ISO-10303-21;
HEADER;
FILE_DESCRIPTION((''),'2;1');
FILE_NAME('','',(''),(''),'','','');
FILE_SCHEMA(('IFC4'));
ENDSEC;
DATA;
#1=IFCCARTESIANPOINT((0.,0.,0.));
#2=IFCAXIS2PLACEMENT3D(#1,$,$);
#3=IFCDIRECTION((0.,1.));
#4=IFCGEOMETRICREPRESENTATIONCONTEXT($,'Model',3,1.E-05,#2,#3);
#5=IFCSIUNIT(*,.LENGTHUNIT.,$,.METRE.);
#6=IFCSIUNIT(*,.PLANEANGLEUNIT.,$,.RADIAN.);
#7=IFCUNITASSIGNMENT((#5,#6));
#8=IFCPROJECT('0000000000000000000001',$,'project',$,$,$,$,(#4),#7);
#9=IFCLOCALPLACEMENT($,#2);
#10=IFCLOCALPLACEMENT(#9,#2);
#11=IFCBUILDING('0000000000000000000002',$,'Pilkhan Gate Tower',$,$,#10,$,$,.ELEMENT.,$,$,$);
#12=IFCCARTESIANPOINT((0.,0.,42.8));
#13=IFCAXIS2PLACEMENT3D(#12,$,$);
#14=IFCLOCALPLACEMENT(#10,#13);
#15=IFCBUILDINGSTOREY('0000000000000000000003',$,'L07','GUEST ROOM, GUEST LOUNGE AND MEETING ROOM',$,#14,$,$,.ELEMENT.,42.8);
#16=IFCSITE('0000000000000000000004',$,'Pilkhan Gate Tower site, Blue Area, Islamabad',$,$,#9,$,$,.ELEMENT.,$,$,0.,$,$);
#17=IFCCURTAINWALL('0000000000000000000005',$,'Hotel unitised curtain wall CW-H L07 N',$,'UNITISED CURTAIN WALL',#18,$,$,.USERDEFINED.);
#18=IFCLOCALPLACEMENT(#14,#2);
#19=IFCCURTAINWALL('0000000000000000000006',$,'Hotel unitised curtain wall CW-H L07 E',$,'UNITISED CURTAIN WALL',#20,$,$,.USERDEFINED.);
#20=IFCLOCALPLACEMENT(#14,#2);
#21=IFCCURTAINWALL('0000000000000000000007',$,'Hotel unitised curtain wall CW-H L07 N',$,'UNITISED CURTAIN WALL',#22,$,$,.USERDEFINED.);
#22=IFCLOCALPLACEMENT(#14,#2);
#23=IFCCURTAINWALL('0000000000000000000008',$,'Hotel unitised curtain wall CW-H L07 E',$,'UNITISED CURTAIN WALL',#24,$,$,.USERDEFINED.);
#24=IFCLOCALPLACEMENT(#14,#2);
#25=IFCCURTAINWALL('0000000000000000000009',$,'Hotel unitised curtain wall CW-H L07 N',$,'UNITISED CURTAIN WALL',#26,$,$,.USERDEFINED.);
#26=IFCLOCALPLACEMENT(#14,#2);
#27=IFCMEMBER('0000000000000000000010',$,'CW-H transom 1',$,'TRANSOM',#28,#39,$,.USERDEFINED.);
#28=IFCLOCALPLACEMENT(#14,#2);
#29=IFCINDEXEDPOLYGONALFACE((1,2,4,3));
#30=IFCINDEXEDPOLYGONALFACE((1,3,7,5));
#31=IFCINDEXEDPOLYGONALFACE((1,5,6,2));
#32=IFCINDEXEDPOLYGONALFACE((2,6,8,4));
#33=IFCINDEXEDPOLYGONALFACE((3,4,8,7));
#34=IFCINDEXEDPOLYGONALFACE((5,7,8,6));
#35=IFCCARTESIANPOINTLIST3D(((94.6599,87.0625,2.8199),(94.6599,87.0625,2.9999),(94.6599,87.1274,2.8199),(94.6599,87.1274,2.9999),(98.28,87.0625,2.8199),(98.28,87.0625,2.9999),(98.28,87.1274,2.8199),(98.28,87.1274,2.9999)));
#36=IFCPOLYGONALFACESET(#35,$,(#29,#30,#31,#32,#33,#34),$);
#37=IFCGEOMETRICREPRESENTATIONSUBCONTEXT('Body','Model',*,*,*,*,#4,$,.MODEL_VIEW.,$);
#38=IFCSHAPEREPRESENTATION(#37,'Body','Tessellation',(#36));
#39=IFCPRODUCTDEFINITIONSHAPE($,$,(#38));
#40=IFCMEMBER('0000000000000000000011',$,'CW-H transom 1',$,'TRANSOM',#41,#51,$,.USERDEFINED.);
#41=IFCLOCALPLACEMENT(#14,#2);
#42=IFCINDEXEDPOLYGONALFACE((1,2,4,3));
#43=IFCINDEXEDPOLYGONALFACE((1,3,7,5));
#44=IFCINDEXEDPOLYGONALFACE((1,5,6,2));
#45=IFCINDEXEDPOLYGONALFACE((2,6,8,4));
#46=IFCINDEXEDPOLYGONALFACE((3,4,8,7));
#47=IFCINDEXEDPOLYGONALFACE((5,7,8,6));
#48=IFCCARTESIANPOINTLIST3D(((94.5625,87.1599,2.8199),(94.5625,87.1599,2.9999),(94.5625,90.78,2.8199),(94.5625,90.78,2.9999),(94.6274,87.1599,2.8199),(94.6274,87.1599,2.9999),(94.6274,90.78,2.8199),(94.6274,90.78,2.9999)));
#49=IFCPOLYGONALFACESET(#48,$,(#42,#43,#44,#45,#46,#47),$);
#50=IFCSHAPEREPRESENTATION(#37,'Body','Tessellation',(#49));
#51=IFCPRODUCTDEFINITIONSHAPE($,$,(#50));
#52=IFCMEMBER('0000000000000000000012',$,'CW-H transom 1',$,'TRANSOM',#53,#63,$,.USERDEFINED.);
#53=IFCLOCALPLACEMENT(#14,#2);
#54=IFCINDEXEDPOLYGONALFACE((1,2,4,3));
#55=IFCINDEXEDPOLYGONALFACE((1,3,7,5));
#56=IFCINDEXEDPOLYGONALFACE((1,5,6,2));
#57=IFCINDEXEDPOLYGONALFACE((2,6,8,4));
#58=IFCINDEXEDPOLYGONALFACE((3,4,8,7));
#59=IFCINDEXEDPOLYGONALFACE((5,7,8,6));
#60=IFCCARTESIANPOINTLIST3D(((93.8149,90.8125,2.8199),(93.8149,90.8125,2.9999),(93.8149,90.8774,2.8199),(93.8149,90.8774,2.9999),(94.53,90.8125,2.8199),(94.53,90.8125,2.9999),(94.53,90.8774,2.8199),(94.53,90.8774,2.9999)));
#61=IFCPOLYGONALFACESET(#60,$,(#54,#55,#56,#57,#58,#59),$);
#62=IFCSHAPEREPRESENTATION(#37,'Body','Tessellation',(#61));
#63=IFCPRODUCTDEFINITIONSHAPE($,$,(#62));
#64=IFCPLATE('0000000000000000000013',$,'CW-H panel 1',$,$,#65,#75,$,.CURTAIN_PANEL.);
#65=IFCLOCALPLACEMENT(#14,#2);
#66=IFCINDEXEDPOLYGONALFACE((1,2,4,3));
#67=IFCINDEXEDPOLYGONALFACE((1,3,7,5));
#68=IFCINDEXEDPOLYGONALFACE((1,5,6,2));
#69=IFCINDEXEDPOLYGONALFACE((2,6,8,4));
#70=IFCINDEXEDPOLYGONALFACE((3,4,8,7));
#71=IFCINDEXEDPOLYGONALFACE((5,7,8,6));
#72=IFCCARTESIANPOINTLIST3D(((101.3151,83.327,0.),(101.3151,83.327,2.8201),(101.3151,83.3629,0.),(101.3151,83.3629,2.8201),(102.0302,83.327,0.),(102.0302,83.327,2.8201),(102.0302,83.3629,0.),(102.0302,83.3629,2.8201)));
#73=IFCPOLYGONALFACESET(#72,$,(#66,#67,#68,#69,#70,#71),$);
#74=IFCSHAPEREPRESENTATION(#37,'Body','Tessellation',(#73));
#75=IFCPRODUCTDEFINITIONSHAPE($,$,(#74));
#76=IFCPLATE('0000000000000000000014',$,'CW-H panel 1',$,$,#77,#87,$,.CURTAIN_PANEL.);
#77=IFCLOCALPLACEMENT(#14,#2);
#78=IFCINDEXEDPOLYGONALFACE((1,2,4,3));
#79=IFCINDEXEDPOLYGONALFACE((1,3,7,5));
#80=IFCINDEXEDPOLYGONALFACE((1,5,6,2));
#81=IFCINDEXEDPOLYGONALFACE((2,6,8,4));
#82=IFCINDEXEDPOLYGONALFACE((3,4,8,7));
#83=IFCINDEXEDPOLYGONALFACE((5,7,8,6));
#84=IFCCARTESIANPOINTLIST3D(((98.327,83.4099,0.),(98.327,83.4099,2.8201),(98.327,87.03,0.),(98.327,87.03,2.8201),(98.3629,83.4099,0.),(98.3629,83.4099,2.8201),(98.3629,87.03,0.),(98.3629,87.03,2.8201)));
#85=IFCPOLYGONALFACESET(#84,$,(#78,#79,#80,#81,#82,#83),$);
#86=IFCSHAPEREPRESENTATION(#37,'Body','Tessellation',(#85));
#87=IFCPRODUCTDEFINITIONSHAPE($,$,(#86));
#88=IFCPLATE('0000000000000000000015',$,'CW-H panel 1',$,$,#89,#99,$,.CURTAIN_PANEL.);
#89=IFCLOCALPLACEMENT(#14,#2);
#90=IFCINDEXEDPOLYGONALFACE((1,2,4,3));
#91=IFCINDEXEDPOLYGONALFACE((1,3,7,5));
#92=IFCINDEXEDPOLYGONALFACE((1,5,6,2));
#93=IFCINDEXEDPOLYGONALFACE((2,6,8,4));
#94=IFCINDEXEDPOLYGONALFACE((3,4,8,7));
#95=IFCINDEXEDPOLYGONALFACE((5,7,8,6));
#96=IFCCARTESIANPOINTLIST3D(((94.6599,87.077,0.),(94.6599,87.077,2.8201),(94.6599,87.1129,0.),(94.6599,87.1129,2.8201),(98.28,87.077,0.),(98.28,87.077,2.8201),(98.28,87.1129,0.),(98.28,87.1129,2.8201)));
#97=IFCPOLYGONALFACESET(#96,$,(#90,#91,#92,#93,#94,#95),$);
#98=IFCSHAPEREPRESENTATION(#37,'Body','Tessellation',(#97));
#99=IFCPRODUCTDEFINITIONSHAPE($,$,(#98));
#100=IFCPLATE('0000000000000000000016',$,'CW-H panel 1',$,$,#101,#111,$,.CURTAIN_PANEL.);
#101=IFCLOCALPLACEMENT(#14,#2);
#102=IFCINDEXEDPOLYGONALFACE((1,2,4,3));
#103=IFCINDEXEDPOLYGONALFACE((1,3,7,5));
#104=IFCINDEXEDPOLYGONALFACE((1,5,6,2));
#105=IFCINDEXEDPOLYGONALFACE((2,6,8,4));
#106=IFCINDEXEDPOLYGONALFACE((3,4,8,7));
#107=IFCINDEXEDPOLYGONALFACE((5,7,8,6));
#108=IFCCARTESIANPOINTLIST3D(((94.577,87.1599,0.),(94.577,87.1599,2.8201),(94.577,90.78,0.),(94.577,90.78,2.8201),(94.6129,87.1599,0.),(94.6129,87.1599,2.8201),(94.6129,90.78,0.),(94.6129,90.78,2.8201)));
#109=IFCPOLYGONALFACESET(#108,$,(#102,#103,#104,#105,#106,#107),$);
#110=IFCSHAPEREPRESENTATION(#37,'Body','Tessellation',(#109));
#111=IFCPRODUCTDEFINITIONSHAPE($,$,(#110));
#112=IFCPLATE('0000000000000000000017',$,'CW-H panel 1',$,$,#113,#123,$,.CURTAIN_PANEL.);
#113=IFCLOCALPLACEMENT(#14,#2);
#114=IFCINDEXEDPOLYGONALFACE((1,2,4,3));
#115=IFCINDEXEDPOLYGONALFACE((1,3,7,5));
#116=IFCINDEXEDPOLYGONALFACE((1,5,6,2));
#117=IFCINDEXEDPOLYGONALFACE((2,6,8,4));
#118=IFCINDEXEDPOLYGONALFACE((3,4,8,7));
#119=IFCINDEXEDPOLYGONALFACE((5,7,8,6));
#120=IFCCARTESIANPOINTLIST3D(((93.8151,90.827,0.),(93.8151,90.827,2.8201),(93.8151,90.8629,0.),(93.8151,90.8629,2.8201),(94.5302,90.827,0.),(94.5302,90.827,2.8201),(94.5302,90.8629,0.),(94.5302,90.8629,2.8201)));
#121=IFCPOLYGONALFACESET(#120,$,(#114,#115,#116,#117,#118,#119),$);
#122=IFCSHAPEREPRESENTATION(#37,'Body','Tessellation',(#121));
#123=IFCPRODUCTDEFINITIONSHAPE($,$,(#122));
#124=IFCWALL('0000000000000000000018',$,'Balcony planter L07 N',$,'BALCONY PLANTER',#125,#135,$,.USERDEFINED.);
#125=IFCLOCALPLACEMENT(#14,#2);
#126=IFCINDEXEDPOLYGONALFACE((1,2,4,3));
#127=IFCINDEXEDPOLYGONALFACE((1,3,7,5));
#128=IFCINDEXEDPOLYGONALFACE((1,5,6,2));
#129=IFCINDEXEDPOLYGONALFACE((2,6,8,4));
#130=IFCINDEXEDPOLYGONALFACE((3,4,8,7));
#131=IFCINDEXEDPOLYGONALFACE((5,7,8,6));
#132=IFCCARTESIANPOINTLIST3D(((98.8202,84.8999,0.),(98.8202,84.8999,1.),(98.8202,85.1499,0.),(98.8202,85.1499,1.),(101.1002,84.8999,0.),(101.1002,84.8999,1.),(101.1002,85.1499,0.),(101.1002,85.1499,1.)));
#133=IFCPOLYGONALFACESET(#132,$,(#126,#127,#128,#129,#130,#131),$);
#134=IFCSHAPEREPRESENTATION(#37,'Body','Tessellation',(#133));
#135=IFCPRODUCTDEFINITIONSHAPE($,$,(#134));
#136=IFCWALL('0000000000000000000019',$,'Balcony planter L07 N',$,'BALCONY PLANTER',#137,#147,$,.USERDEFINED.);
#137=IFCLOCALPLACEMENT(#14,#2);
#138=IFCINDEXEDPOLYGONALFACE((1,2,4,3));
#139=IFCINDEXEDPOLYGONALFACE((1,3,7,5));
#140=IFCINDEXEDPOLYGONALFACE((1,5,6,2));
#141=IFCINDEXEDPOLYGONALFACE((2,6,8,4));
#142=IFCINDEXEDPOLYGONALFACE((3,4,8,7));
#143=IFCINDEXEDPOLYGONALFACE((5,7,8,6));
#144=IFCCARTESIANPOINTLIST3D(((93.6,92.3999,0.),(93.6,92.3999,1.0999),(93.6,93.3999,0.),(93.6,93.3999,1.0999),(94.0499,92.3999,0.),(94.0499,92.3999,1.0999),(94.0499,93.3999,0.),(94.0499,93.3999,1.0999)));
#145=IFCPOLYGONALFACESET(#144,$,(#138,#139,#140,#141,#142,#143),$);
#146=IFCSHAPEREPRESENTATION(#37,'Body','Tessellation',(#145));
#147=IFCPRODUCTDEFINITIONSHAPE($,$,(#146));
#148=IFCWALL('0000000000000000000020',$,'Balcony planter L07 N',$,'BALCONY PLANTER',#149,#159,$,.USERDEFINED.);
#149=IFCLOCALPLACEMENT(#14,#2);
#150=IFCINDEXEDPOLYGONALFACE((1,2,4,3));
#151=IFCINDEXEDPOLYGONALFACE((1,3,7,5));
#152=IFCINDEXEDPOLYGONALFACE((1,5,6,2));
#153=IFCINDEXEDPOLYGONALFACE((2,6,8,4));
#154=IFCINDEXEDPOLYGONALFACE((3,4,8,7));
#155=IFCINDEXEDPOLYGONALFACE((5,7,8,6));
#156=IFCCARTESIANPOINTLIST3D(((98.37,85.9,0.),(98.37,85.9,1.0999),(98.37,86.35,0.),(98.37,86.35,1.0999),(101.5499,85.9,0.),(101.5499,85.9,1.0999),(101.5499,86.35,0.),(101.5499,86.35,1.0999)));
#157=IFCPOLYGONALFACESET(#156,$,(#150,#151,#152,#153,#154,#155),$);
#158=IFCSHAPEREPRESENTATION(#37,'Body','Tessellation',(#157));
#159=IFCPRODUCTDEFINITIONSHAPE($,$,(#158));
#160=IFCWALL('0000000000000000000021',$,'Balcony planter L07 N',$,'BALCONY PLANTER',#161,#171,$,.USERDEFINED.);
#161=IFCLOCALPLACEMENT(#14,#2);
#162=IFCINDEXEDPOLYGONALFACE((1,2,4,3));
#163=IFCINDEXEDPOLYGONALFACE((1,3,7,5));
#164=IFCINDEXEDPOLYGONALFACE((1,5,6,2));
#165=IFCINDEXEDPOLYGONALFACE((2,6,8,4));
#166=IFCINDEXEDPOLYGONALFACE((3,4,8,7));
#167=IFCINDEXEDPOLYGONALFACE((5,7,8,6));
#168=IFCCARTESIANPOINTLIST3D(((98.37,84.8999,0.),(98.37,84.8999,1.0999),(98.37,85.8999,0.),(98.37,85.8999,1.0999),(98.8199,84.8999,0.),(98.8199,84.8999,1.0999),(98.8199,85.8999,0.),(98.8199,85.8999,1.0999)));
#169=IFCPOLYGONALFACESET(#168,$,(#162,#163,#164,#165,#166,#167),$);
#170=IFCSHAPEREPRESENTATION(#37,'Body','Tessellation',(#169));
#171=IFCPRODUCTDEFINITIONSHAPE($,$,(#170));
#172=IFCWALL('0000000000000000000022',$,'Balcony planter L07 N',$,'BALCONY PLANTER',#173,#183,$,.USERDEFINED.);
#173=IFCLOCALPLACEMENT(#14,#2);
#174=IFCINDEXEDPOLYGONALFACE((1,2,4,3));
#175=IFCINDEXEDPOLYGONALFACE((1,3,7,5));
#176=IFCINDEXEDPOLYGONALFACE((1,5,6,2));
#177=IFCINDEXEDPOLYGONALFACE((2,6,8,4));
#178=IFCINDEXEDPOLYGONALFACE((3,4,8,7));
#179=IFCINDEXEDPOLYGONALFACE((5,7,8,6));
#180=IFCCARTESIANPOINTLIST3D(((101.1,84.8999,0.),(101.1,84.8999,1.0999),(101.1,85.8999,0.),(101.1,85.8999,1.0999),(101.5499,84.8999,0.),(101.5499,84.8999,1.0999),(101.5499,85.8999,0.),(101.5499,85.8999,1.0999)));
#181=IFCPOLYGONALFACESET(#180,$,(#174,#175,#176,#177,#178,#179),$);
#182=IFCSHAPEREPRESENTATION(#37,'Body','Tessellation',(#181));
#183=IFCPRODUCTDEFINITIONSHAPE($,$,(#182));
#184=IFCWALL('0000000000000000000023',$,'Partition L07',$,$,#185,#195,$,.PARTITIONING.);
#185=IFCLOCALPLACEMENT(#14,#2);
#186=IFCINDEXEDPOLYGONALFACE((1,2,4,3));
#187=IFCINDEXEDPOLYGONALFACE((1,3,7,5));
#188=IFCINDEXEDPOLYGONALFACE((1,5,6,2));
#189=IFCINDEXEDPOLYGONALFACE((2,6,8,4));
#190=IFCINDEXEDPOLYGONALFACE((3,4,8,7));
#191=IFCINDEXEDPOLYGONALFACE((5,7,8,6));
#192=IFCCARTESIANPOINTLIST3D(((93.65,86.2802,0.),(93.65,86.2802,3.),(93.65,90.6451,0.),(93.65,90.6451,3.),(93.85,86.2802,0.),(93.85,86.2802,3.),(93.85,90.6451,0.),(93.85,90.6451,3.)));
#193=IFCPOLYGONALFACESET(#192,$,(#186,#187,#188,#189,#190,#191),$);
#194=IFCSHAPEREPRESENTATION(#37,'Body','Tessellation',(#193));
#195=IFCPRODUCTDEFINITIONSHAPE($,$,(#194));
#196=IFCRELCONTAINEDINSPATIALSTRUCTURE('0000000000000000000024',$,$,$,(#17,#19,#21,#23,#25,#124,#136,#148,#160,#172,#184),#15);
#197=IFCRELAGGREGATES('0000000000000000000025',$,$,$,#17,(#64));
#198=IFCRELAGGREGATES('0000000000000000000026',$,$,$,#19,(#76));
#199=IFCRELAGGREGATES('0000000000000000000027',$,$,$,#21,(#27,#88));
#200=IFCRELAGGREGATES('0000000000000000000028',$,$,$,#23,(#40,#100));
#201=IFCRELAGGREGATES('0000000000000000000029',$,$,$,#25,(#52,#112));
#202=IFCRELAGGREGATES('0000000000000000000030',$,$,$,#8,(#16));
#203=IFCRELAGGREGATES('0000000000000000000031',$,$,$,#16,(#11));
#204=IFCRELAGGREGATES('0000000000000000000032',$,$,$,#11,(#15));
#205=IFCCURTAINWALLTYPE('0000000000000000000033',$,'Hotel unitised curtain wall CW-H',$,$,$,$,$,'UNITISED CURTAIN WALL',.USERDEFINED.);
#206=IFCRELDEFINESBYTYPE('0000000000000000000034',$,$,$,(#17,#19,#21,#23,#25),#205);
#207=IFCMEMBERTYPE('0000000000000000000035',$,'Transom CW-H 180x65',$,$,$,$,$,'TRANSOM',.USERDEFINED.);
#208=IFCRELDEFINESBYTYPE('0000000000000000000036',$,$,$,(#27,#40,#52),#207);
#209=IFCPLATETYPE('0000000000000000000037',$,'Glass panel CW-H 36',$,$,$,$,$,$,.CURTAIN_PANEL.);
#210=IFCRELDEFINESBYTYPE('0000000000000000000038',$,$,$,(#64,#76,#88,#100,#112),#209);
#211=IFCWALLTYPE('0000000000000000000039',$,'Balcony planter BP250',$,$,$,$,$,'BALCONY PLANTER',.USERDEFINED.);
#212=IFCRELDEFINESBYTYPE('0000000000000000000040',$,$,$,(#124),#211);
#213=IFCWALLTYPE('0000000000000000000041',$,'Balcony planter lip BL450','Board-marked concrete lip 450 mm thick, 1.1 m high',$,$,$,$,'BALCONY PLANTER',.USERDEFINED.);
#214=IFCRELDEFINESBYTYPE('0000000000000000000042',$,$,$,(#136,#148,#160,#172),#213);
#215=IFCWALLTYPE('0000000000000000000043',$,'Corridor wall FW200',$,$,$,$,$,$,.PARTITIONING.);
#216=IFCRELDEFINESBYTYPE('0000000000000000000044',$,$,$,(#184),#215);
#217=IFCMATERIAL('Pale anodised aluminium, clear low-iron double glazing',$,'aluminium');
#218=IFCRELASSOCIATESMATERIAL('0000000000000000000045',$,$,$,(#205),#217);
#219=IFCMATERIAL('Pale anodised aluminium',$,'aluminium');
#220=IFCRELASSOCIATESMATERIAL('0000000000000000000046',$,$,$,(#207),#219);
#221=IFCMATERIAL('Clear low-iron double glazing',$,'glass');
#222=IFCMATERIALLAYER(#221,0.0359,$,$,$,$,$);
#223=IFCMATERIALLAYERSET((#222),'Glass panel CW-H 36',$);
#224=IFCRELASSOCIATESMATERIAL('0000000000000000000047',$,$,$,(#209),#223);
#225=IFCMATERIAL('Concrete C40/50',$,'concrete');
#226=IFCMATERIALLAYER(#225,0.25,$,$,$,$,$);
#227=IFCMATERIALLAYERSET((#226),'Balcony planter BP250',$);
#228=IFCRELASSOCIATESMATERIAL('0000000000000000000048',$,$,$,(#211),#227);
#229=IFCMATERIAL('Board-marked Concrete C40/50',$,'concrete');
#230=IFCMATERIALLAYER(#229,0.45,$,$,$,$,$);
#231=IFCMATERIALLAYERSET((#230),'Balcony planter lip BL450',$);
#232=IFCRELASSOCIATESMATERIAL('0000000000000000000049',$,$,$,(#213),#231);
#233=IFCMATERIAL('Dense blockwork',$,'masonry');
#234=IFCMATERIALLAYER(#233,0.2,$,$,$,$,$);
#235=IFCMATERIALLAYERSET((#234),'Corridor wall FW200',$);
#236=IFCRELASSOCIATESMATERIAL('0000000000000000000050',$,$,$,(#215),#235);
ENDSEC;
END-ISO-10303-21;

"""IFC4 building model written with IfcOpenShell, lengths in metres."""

from ifc_helpers import new_model, si_unit, direction, frame, frame_2d, origin, origin_2d, place, context, subcontext, project, spatial, rectangle, extrude, material, layer, layer_set, material_profile, profile_set, type_object, element, aggregate, save


model = new_model("IFC4")

# Units and contexts
model_context = context("Model", 3, precision=1e-05, world=origin(), true_north=direction((0.0, 1.0)))
body_context = subcontext(model_context, "Body", "Model", "MODEL_VIEW")
ifc_project = project(units=[si_unit("LENGTHUNIT", "METRE"), si_unit("PLANEANGLEUNIT", "RADIAN")], contexts=[model_context])

# Site, building, storey
site_placement = place(None, origin())
site = spatial("IfcSite", under=ifc_project, at=site_placement, Name="Pilkhan Gate Tower site, Blue Area, Islamabad", CompositionType="ELEMENT", RefElevation=0.0)
building_placement = place(site_placement, origin())
building = spatial("IfcBuilding", under=site, at=building_placement, Name="Pilkhan Gate Tower", CompositionType="ELEMENT")
storey_placement = place(building_placement, frame((0.0, 0.0, 42.8)))
storey = spatial("IfcBuildingStorey", under=building, at=storey_placement, Name="L07", Description="GUEST ROOM, GUEST LOUNGE AND MEETING ROOM", CompositionType="ELEMENT", Elevation=42.8)

# Curtain wall
ifc_material_1 = material(Name="Pale anodised aluminium, clear low-iron double glazing", Category="aluminium")
curtain_wall_type = type_object("IfcCurtainWallType", Name="Hotel unitised curtain wall CW-H", ElementType="UNITISED CURTAIN WALL", PredefinedType="USERDEFINED", material=ifc_material_1)
curtain_wall_1_placement = place(storey_placement, origin())
curtain_wall_1 = element("IfcCurtainWall", 1, at=curtain_wall_1_placement, inside=storey, type_object=curtain_wall_type, Name="Hotel unitised curtain wall CW-H L07 N", ObjectType="UNITISED CURTAIN WALL", PredefinedType="USERDEFINED")
ifc_material_2 = material(Name="Pale anodised aluminium", Category="aluminium")

# Curtain walls
curtain_wall_2_placement = place(storey_placement, origin())
curtain_wall_2 = element("IfcCurtainWall", 2, at=curtain_wall_2_placement, inside=storey, type_object=curtain_wall_type, Name="Hotel unitised curtain wall CW-H L07 E", ObjectType="UNITISED CURTAIN WALL", PredefinedType="USERDEFINED")
curtain_wall_3_placement = place(storey_placement, origin())
curtain_wall_3 = element("IfcCurtainWall", 3, at=curtain_wall_3_placement, inside=storey, type_object=curtain_wall_type, Name="Hotel unitised curtain wall CW-H L07 N", ObjectType="UNITISED CURTAIN WALL", PredefinedType="USERDEFINED")
curtain_wall_4_placement = place(storey_placement, origin())
curtain_wall_4 = element("IfcCurtainWall", 4, at=curtain_wall_4_placement, inside=storey, type_object=curtain_wall_type, Name="Hotel unitised curtain wall CW-H L07 E", ObjectType="UNITISED CURTAIN WALL", PredefinedType="USERDEFINED")
curtain_wall_5_placement = place(storey_placement, origin())
curtain_wall_5 = element("IfcCurtainWall", 5, at=curtain_wall_5_placement, inside=storey, type_object=curtain_wall_type, Name="Hotel unitised curtain wall CW-H L07 N", ObjectType="UNITISED CURTAIN WALL", PredefinedType="USERDEFINED")

# Members
ifc_material_profile_1 = material_profile(ifc_material_2, rectangle(XDim=0.0649, YDim=0.1799, at=origin_2d()), Name="Transom 180x65")
ifc_profile_set_1 = profile_set([ifc_material_profile_1], Name="Pale anodised aluminium")
member_type_1 = type_object("IfcMemberType", Name="Transom CW-H 180x65", ElementType="TRANSOM", PredefinedType="USERDEFINED", material=ifc_profile_set_1)
member_1_placement = place(storey_placement, frame((94.6599, 87.095, 2.9099), z_axis=(1.0, 0.0, 0.0), x_axis=(0.0, 1.0, 0.0)))
member_1 = element("IfcMember", 6, at=member_1_placement, type_object=member_type_1, Name="CW-H transom 1", ObjectType="TRANSOM", PredefinedType="USERDEFINED", context=body_context, shape_type="SweptSolid", body=[
    extrude(rectangle(XDim=0.0649, YDim=0.1799, at=origin_2d()), origin(), (0.0, 0.0, 1.0), 3.6201),
])
member_2_placement = place(storey_placement, frame((94.595, 87.1599, 2.9099), z_axis=(0.0, 1.0, 0.0), x_axis=(-1.0, 0.0, 0.0)))
member_2 = element("IfcMember", 7, at=member_2_placement, type_object=member_type_1, Name="CW-H transom 1", ObjectType="TRANSOM", PredefinedType="USERDEFINED", context=body_context, shape_type="SweptSolid", body=[
    extrude(rectangle(XDim=0.0649, YDim=0.1799, at=origin_2d()), origin(), (0.0, 0.0, 1.0), 3.6201),
])
member_3_placement = place(storey_placement, frame((93.8149, 90.845, 2.9099), z_axis=(1.0, 0.0, 0.0), x_axis=(0.0, 1.0, 0.0)))
member_3 = element("IfcMember", 8, at=member_3_placement, type_object=member_type_1, Name="CW-H transom 1", ObjectType="TRANSOM", PredefinedType="USERDEFINED", context=body_context, shape_type="SweptSolid", body=[
    extrude(rectangle(XDim=0.0649, YDim=0.1799, at=origin_2d()), origin(), (0.0, 0.0, 1.0), 0.7151),
])

# Plates
ifc_material_3 = material(Name="Clear low-iron double glazing", Category="glass")
ifc_layer_1 = layer(ifc_material_3, 0.0359)
ifc_layer_set_1 = layer_set([ifc_layer_1], Name="Glass panel CW-H 36")
plate_type = type_object("IfcPlateType", Name="Glass panel CW-H 36", PredefinedType="CURTAIN_PANEL", material=ifc_layer_set_1)
plate_1_placement = place(storey_placement, frame((101.6726, 83.345, 0.0), z_axis=(0.0, 0.0, 1.0), x_axis=(1.0, 0.0, 0.0)))
plate_1 = element("IfcPlate", 9, at=plate_1_placement, type_object=plate_type, Name="CW-H panel 1", PredefinedType="CURTAIN_PANEL", context=body_context, shape_type="SweptSolid", body=[
    extrude(rectangle(XDim=0.7151, YDim=0.0359, at=origin_2d()), origin(), (0.0, 0.0, 1.0), 2.8201),
])
aggregate(curtain_wall_1, [plate_1])
plate_2_placement = place(storey_placement, frame((98.345, 85.22, 0.0), z_axis=(0.0, 0.0, 1.0), x_axis=(0.0, 1.0, 0.0)))
plate_2 = element("IfcPlate", 10, at=plate_2_placement, type_object=plate_type, Name="CW-H panel 1", PredefinedType="CURTAIN_PANEL", context=body_context, shape_type="SweptSolid", body=[
    extrude(rectangle(XDim=3.6201, YDim=0.0359, at=origin_2d()), origin(), (0.0, 0.0, 1.0), 2.8201),
])
aggregate(curtain_wall_2, [plate_2])
plate_3_placement = place(storey_placement, frame((96.47, 87.095, 0.0), z_axis=(0.0, 0.0, 1.0), x_axis=(1.0, 0.0, 0.0)))
plate_3 = element("IfcPlate", 11, at=plate_3_placement, type_object=plate_type, Name="CW-H panel 1", PredefinedType="CURTAIN_PANEL", context=body_context, shape_type="SweptSolid", body=[
    extrude(rectangle(XDim=3.6201, YDim=0.0359, at=origin_2d()), origin(), (0.0, 0.0, 1.0), 2.8201),
])
aggregate(curtain_wall_3, [member_1, plate_3])
plate_4_placement = place(storey_placement, frame((94.595, 88.97, 0.0), z_axis=(0.0, 0.0, 1.0), x_axis=(0.0, 1.0, 0.0)))
plate_4 = element("IfcPlate", 12, at=plate_4_placement, type_object=plate_type, Name="CW-H panel 1", PredefinedType="CURTAIN_PANEL", context=body_context, shape_type="SweptSolid", body=[
    extrude(rectangle(XDim=3.6201, YDim=0.0359, at=origin_2d()), origin(), (0.0, 0.0, 1.0), 2.8201),
])
aggregate(curtain_wall_4, [member_2, plate_4])
plate_5_placement = place(storey_placement, frame((94.1726, 90.845, 0.0), z_axis=(0.0, 0.0, 1.0), x_axis=(1.0, 0.0, 0.0)))
plate_5 = element("IfcPlate", 13, at=plate_5_placement, type_object=plate_type, Name="CW-H panel 1", PredefinedType="CURTAIN_PANEL", context=body_context, shape_type="SweptSolid", body=[
    extrude(rectangle(XDim=0.7151, YDim=0.0359, at=origin_2d()), origin(), (0.0, 0.0, 1.0), 2.8201),
])
aggregate(curtain_wall_5, [member_3, plate_5])

# Walls
ifc_material_4 = material(Name="Concrete C40/50", Category="concrete")
ifc_layer_2 = layer(ifc_material_4, 0.25)
ifc_layer_set_2 = layer_set([ifc_layer_2], Name="Balcony planter BP250")
wall_type_1 = type_object("IfcWallType", Name="Balcony planter BP250", ElementType="BALCONY PLANTER", PredefinedType="USERDEFINED", material=ifc_layer_set_2)
wall_1_placement = place(storey_placement, frame((98.8201, 85.0249, 0.0), z_axis=(0.0, 0.0, 1.0), x_axis=(1.0, 0.0, 0.0)))
element("IfcWall", 14, at=wall_1_placement, inside=storey, type_object=wall_type_1, Name="Balcony planter L07 N", ObjectType="BALCONY PLANTER", PredefinedType="USERDEFINED", context=body_context, shape_type="SweptSolid", body=[
    extrude(rectangle(XDim=2.28, YDim=0.25, at=frame_2d((1.1401, 0.0))), origin(), (0.0, 0.0, 1.0), 1.0),
])
ifc_material_5 = material(Name="Board-marked Concrete C40/50", Category="concrete")
ifc_layer_3 = layer(ifc_material_5, 0.45)
ifc_layer_set_3 = layer_set([ifc_layer_3], Name="Balcony planter lip BL450")
wall_type_2 = type_object("IfcWallType", Name="Balcony planter lip BL450", Description="Board-marked concrete lip 450 mm thick, 1.1 m high", ElementType="BALCONY PLANTER", PredefinedType="USERDEFINED", material=ifc_layer_set_3)
wall_2_placement = place(storey_placement, frame((93.825, 92.3999, 0.0), z_axis=(0.0, 0.0, 1.0), x_axis=(0.0, 1.0, 0.0)))
element("IfcWall", 15, at=wall_2_placement, inside=storey, type_object=wall_type_2, Name="Balcony planter L07 N", ObjectType="BALCONY PLANTER", PredefinedType="USERDEFINED", context=body_context, shape_type="SweptSolid", body=[
    extrude(rectangle(XDim=1.0, YDim=0.45, at=frame_2d((0.5, 0.0))), origin(), (0.0, 0.0, 1.0), 1.0999),
])
wall_3_placement = place(storey_placement, frame((98.3701, 86.125, 0.0), z_axis=(0.0, 0.0, 1.0), x_axis=(1.0, 0.0, 0.0)))
element("IfcWall", 16, at=wall_3_placement, inside=storey, type_object=wall_type_2, Name="Balcony planter L07 N", ObjectType="BALCONY PLANTER", PredefinedType="USERDEFINED", context=body_context, shape_type="SweptSolid", body=[
    extrude(rectangle(XDim=3.1799, YDim=0.45, at=frame_2d((1.5898, 0.0))), origin(), (0.0, 0.0, 1.0), 1.0999),
])
for number, where, z_axis, x_axis, name in (
    (17, (98.595, 84.8999, 0.0), (0.0, 0.0, 1.0), (0.0, 1.0, 0.0), "Balcony planter L07 N"),
    (18, (101.325, 84.8999, 0.0), (0.0, 0.0, 1.0), (0.0, 1.0, 0.0), "Balcony planter L07 N"),
):
    element("IfcWall", number, at=place(storey_placement, frame(where, z_axis=z_axis, x_axis=x_axis)), inside=storey, type_object=wall_type_2, Name=name, ObjectType="BALCONY PLANTER", PredefinedType="USERDEFINED", context=body_context, shape_type="SweptSolid", body=[
        extrude(rectangle(XDim=1.0, YDim=0.45, at=frame_2d((0.5, 0.0))), origin(), (0.0, 0.0, 1.0), 1.0999),
    ])
ifc_material_6 = material(Name="Dense blockwork", Category="masonry")
ifc_layer_4 = layer(ifc_material_6, 0.2)
ifc_layer_set_4 = layer_set([ifc_layer_4], Name="Corridor wall FW200")
wall_type_3 = type_object("IfcWallType", Name="Corridor wall FW200", PredefinedType="PARTITIONING", material=ifc_layer_set_4)
wall_4_placement = place(storey_placement, frame((93.75, 86.28, 0.0), z_axis=(0.0, 0.0, 1.0), x_axis=(0.0, 1.0, 0.0)))
element("IfcWall", 19, at=wall_4_placement, inside=storey, type_object=wall_type_3, Name="Partition L07", PredefinedType="PARTITIONING", context=body_context, shape_type="SweptSolid", body=[
    extrude(rectangle(XDim=4.365, YDim=0.2, at=frame_2d((2.1826, 0.0))), origin(), (0.0, 0.0, 1.0), 3.0),
])

save(model, "model.ifc")
